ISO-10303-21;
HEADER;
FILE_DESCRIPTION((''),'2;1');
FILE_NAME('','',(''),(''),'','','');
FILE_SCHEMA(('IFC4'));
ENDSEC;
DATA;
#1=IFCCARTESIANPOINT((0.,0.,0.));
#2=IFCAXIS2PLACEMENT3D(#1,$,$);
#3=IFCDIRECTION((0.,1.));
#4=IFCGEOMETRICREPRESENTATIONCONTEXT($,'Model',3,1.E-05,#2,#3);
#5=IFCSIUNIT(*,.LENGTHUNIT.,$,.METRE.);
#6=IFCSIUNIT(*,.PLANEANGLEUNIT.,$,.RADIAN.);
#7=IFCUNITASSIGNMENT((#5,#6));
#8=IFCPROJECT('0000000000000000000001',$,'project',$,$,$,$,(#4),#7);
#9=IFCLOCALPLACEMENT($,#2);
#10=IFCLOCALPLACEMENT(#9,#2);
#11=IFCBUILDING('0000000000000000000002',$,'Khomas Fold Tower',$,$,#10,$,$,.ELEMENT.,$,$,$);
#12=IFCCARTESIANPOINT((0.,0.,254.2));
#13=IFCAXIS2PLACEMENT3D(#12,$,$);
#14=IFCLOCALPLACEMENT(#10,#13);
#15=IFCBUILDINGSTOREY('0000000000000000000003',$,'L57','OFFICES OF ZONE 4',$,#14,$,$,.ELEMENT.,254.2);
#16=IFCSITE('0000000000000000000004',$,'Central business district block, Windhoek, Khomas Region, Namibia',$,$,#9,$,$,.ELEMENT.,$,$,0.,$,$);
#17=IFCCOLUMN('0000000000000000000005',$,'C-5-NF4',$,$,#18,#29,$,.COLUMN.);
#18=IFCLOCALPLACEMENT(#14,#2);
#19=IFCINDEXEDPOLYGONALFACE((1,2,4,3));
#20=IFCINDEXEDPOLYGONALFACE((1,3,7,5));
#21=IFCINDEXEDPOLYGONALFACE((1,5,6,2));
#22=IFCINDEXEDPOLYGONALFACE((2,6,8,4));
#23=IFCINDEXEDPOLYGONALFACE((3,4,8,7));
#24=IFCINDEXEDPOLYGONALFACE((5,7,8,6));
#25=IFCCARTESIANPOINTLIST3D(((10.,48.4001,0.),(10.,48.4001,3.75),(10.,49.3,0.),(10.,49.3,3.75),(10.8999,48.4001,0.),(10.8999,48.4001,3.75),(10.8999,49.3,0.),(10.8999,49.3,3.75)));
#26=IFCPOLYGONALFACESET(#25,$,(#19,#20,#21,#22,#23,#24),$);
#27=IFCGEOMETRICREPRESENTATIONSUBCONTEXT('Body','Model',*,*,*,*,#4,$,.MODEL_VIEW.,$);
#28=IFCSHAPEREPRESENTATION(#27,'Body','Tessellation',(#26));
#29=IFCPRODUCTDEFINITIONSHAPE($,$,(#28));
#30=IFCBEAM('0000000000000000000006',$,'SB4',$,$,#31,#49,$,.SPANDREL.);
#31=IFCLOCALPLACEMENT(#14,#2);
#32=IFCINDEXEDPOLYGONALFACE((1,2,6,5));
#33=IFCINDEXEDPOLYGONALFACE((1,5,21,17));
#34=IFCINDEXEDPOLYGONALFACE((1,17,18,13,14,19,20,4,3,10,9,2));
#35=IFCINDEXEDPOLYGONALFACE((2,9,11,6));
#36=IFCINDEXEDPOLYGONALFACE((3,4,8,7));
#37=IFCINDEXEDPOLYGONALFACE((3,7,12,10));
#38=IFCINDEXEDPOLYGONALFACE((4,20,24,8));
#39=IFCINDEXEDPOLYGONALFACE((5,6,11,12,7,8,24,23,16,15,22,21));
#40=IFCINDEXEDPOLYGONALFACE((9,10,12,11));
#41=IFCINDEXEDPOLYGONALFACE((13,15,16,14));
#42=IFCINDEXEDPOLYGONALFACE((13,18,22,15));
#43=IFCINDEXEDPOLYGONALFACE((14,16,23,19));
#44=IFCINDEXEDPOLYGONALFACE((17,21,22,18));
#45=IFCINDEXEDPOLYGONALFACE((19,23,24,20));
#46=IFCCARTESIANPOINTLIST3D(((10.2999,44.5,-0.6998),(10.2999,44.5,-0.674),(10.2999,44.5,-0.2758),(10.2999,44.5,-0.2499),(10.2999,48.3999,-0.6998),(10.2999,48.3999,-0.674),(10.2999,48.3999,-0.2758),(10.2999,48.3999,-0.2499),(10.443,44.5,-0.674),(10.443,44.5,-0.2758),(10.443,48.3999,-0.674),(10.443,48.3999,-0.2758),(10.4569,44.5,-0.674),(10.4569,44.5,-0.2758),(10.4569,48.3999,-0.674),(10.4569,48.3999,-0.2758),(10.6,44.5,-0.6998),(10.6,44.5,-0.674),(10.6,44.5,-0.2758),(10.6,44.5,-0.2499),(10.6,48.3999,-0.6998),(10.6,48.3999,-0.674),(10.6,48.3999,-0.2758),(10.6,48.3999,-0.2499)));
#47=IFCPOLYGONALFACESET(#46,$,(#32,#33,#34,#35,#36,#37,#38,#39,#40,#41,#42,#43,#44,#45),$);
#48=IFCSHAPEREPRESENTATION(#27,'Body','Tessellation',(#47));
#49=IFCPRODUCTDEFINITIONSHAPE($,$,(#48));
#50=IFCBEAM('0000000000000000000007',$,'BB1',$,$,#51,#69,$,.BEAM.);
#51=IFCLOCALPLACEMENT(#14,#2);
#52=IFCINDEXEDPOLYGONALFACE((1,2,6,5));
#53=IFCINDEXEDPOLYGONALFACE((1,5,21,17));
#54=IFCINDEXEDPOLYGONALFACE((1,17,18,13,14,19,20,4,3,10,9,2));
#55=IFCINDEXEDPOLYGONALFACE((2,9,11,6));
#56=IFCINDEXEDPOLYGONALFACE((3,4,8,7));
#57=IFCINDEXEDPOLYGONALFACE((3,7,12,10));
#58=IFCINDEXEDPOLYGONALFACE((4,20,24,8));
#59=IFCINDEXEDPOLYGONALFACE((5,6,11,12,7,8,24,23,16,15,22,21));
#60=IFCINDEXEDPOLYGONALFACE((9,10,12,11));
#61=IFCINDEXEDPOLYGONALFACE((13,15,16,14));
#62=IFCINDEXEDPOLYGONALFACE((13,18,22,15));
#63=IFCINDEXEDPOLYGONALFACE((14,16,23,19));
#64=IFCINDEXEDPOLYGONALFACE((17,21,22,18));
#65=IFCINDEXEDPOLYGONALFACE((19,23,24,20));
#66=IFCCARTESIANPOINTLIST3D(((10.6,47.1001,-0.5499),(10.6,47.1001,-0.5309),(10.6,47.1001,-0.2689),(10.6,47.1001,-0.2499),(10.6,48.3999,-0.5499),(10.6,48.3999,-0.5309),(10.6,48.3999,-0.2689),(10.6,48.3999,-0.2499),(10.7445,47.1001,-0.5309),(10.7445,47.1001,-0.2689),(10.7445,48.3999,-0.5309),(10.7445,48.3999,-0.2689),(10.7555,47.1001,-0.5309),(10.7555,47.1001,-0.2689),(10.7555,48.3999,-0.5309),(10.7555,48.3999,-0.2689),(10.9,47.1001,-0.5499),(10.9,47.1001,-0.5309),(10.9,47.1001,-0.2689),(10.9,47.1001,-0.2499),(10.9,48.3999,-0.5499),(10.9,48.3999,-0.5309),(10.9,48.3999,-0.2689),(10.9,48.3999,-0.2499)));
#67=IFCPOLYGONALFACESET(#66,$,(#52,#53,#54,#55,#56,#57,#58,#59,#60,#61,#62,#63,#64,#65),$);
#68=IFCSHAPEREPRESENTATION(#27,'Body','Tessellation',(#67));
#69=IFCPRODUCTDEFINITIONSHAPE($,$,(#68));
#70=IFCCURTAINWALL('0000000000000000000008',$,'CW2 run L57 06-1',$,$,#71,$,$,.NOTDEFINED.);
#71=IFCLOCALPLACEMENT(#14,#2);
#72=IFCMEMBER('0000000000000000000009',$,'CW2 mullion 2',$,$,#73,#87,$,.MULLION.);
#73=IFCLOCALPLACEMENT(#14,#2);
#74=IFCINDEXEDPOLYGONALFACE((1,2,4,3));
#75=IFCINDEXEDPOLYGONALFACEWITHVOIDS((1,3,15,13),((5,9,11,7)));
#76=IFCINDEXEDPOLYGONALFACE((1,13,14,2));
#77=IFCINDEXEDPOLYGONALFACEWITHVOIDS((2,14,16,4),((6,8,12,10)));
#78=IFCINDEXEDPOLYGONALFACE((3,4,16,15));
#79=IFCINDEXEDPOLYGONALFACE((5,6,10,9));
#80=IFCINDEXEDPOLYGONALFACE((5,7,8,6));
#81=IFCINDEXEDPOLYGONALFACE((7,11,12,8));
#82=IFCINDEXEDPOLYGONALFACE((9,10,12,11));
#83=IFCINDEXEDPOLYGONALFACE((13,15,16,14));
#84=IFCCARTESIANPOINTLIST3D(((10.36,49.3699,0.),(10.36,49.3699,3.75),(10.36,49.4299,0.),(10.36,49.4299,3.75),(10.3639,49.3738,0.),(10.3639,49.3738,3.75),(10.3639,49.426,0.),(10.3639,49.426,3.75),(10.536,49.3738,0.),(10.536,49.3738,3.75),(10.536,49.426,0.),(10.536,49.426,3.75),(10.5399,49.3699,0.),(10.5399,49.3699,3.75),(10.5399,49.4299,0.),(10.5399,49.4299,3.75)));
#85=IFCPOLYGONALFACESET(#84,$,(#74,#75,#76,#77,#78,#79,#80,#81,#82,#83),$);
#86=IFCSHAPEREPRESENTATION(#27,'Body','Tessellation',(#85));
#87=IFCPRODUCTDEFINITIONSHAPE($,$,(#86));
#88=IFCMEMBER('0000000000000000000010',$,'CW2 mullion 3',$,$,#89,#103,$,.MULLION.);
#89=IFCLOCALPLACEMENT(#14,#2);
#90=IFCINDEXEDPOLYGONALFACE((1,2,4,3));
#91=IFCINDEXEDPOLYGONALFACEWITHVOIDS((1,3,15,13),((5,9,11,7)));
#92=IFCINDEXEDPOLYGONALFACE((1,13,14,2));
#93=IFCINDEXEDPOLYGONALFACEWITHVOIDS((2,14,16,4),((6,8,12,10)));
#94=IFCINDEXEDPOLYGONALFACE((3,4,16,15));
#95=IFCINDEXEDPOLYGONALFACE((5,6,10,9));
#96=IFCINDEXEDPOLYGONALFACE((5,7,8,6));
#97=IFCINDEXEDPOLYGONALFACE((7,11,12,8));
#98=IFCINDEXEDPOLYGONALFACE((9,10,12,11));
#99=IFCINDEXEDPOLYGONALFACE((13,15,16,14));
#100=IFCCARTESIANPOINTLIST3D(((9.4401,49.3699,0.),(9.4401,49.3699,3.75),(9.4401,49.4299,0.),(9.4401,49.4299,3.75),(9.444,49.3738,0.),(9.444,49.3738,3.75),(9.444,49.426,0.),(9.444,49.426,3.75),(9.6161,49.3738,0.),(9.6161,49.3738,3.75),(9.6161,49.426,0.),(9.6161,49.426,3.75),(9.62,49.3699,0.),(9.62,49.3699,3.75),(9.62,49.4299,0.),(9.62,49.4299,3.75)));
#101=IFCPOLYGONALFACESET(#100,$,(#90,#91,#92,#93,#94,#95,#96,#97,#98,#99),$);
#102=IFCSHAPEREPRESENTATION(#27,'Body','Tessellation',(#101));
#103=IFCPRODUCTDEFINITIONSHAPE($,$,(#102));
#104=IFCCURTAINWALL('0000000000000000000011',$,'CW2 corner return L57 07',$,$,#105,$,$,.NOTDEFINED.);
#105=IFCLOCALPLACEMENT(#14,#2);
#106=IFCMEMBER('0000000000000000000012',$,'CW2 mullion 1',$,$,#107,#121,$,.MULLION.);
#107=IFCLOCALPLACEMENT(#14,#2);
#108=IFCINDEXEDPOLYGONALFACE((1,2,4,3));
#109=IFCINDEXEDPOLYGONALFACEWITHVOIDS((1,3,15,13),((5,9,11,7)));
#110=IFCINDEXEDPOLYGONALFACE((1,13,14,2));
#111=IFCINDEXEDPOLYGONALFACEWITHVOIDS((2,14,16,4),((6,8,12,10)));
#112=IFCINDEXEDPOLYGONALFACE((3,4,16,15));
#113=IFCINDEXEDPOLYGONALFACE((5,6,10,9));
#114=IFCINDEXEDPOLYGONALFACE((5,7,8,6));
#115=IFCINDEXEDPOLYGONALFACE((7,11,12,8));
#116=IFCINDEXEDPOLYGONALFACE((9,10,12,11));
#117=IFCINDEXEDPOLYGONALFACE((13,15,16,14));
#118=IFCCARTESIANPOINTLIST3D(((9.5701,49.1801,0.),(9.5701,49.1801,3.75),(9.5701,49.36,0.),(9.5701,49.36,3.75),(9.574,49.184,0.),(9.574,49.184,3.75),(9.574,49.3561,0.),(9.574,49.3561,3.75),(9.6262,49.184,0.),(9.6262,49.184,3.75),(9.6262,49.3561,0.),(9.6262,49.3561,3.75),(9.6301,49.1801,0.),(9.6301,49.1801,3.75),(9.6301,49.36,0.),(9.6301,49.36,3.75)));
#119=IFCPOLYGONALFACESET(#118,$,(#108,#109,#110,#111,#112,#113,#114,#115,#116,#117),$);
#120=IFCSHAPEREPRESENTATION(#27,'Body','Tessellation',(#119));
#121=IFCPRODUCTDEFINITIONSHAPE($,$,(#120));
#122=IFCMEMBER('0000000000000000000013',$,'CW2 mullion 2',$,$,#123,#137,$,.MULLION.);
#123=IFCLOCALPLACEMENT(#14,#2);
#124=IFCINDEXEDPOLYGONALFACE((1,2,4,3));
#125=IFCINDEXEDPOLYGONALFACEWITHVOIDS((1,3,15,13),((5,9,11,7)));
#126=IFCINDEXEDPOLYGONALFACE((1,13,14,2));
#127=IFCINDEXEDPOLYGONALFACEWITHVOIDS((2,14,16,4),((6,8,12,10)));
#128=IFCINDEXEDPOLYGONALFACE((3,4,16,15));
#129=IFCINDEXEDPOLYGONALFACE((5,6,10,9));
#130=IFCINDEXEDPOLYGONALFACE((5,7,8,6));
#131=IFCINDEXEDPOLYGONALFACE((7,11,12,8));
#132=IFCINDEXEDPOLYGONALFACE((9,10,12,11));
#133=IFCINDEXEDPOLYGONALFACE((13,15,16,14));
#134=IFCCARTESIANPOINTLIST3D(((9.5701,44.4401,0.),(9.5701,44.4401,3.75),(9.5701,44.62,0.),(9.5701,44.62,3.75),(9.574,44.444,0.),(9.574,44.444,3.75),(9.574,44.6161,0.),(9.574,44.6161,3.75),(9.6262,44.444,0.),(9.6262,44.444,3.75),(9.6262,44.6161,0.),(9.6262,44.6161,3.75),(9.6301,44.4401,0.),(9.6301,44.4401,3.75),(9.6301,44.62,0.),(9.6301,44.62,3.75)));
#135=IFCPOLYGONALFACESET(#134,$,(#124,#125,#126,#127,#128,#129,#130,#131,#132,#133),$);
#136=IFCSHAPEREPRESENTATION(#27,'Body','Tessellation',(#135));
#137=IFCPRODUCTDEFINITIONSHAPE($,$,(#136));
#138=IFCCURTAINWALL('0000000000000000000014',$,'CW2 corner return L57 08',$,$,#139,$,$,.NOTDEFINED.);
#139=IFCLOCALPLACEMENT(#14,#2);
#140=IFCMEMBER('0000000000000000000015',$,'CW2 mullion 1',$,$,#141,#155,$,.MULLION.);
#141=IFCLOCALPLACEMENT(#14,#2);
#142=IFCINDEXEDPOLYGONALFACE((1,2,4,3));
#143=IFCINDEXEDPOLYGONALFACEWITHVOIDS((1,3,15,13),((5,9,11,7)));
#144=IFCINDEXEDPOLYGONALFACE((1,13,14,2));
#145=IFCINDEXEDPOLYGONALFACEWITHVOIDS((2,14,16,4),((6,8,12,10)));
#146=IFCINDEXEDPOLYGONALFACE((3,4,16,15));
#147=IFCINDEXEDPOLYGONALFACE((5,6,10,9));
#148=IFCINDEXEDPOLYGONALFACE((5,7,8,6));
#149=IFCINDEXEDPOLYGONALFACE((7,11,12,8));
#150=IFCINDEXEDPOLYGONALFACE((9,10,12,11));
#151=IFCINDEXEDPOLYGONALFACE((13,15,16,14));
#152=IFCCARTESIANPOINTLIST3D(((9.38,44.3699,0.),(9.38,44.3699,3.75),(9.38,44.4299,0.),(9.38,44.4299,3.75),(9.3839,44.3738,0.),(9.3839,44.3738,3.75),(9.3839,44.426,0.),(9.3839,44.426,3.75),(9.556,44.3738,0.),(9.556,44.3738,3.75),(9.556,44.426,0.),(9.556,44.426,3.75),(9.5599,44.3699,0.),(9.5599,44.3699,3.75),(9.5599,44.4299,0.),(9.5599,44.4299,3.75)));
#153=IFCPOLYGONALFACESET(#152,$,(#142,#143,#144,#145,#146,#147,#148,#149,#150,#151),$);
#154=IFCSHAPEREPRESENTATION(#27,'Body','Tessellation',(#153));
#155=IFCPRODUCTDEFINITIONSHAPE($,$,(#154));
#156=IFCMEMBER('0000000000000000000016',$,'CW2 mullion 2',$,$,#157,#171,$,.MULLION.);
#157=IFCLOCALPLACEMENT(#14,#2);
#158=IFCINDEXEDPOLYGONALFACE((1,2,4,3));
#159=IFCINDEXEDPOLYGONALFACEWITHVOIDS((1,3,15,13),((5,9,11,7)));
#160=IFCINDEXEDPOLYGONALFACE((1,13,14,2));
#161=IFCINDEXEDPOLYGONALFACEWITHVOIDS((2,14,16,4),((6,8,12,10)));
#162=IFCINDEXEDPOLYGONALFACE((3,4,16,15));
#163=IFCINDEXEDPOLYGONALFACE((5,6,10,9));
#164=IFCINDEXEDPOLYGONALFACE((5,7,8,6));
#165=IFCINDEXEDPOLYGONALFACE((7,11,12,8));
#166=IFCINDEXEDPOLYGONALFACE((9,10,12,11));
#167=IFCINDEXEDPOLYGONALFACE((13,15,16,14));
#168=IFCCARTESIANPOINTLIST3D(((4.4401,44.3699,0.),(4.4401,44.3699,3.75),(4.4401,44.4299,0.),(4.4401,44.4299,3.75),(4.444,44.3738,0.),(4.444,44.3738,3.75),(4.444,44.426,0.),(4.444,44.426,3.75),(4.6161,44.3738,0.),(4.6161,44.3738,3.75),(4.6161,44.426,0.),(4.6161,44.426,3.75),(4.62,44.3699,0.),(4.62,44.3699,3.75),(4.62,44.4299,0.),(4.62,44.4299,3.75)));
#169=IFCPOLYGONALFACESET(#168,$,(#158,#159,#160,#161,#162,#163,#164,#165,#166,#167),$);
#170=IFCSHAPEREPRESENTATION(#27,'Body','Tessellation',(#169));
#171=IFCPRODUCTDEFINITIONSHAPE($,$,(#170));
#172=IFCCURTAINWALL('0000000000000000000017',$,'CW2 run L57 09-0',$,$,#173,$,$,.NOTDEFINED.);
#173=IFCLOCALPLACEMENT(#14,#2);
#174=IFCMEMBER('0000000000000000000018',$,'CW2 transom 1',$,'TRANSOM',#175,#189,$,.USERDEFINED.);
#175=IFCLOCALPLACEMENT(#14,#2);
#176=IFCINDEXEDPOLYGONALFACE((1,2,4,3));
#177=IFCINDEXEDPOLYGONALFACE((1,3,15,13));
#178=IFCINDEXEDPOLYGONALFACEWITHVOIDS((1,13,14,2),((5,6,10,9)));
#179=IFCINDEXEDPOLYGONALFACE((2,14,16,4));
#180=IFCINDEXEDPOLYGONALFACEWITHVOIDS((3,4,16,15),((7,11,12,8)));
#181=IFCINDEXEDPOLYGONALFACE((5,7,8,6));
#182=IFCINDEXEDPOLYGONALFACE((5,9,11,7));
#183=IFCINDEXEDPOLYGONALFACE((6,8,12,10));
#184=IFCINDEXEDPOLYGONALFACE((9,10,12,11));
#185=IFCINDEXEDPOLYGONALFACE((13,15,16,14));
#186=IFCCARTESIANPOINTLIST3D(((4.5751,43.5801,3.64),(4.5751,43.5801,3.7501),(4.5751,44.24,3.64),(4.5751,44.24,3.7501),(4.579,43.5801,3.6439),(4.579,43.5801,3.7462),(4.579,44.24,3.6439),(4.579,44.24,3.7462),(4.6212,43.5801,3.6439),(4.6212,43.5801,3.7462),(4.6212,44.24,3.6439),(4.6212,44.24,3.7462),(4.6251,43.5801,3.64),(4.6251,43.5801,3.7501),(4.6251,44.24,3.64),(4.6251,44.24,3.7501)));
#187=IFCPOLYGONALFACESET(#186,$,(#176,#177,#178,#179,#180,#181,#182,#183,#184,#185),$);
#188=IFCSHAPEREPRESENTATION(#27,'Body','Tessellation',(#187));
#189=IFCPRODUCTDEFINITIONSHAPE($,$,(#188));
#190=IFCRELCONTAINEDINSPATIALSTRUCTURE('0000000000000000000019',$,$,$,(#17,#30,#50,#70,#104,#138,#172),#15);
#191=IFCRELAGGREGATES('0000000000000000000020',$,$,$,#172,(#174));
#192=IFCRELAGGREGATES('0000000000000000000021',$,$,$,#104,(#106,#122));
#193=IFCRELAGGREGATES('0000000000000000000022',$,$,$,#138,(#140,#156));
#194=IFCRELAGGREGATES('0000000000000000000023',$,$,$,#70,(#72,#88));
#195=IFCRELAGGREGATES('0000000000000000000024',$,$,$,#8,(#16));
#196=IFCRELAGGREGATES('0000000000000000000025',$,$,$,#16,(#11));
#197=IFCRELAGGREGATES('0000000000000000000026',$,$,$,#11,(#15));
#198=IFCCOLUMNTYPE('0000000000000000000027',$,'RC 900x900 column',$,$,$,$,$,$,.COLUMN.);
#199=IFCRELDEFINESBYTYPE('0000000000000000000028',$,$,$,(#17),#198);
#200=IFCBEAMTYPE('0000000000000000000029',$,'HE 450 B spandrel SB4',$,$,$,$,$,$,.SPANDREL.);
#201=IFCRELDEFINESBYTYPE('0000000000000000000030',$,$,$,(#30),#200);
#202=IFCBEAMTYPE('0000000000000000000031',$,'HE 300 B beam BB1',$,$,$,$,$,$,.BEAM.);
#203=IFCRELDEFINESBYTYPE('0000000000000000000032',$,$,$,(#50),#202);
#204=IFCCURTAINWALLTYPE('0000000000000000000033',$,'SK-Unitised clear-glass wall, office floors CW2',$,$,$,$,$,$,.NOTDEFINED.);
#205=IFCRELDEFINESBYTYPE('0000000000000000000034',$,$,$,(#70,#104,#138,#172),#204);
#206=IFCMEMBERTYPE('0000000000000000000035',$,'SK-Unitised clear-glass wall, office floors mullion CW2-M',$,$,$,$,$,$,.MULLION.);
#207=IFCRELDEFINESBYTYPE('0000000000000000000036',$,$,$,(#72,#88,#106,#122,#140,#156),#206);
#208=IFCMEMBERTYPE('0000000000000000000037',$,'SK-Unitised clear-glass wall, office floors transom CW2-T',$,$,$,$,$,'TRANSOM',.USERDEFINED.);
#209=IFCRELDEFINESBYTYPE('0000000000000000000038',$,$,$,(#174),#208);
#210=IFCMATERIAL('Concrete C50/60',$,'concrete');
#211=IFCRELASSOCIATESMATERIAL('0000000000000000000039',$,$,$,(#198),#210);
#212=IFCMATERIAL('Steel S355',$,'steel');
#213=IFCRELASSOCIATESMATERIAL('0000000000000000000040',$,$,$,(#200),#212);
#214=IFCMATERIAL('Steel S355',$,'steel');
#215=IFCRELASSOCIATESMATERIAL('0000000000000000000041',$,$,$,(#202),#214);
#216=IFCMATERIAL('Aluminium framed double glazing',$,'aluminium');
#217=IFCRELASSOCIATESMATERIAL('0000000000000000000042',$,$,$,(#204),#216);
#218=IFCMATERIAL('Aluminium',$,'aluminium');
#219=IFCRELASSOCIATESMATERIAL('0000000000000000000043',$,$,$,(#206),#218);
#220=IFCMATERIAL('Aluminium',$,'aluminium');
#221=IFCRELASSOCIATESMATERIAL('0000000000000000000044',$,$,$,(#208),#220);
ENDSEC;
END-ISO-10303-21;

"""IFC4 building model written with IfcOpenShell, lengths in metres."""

from ifc_helpers import new_model, si_unit, direction, frame, origin, origin_2d, place, context, subcontext, project, spatial, rectangle, hollow_rectangle, i_section, extrude, source, transform, mapped, material, material_profile, profile_set, type_object, element, aggregate, save


model = new_model("IFC4")

# Units and contexts
model_context = context("Model", 3, precision=1e-05, world=origin(), true_north=direction((0.0, 1.0)))
body_context = subcontext(model_context, "Body", "Model", "MODEL_VIEW")
ifc_project = project(units=[si_unit("LENGTHUNIT", "METRE"), si_unit("PLANEANGLEUNIT", "RADIAN")], contexts=[model_context])

# Site, building, storey
site_placement = place(None, origin())
site = spatial("IfcSite", under=ifc_project, at=site_placement, Name="Central business district block, Windhoek, Khomas Region, Namibia", CompositionType="ELEMENT", RefElevation=0.0)
building_placement = place(site_placement, origin())
building = spatial("IfcBuilding", under=site, at=building_placement, Name="Khomas Fold Tower", CompositionType="ELEMENT")
storey_placement = place(building_placement, frame((0.0, 0.0, 254.2)))
storey = spatial("IfcBuildingStorey", under=building, at=storey_placement, Name="L57", Description="OFFICES OF ZONE 4", CompositionType="ELEMENT", Elevation=254.2)

# Column
ifc_material_1 = material(Name="Concrete C50/60", Category="concrete")
ifc_material_profile_1 = material_profile(ifc_material_1, rectangle(XDim=0.8999, YDim=0.8999, at=origin_2d()), Name="RC 900x900")
ifc_profile_set_1 = profile_set([ifc_material_profile_1], Name="Concrete C50/60")
column_type = type_object("IfcColumnType", Name="RC 900x900 column", PredefinedType="COLUMN", material=ifc_profile_set_1)
shared_shape_1 = source(origin(), body_context, "Body", "SweptSolid", [
    extrude(rectangle(XDim=0.8999, YDim=0.8999, at=origin_2d()), origin(), (0.0, 0.0, 1.0), 3.75),
])
column_placement = place(storey_placement, frame((10.45, 48.8501, 0.0), z_axis=(0.0, 0.0, 1.0), x_axis=(1.0, 0.0, 0.0)))
element("IfcColumn", 1, at=column_placement, inside=storey, type_object=column_type, Name="C-5-NF4", PredefinedType="COLUMN", context=body_context, shape_type="MappedRepresentation", body=[
    mapped(shared_shape_1, transform((0.0, 0.0, 0.0))),
])

# Beams
ifc_material_2 = material(Name="Steel S355", Category="steel")
ifc_material_profile_2 = material_profile(ifc_material_2, i_section(OverallWidth=0.3, OverallDepth=0.45, WebThickness=0.0139, FlangeThickness=0.0259, at=origin_2d()), Name="HE 450 B")
ifc_profile_set_2 = profile_set([ifc_material_profile_2], Name="Steel S355")
beam_type_1 = type_object("IfcBeamType", Name="HE 450 B spandrel SB4", PredefinedType="SPANDREL", material=ifc_profile_set_2)
shared_shape_2 = source(origin(), body_context, "Body", "SweptSolid", [
    extrude(i_section(OverallWidth=0.3, OverallDepth=0.45, WebThickness=0.0139, FlangeThickness=0.0259, at=origin_2d()), origin(), (0.0, 0.0, 1.0), 3.8999),
])
beam_1_placement = place(storey_placement, frame((10.45, 44.5, -0.4749), z_axis=(0.0, 1.0, 0.0), x_axis=(-1.0, 0.0, 0.0)))
element("IfcBeam", 2, at=beam_1_placement, inside=storey, type_object=beam_type_1, Name="SB4", PredefinedType="SPANDREL", context=body_context, shape_type="MappedRepresentation", body=[
    mapped(shared_shape_2, transform((0.0, 0.0, 0.0))),
])
ifc_material_3 = material(Name="Steel S355", Category="steel")
ifc_material_profile_3 = material_profile(ifc_material_3, i_section(OverallWidth=0.3, OverallDepth=0.3, WebThickness=0.011, FlangeThickness=0.019, at=origin_2d()), Name="HE 300 B")
ifc_profile_set_3 = profile_set([ifc_material_profile_3], Name="Steel S355")
beam_type_2 = type_object("IfcBeamType", Name="HE 300 B beam BB1", PredefinedType="BEAM", material=ifc_profile_set_3)
shared_shape_3 = source(origin(), body_context, "Body", "SweptSolid", [
    extrude(i_section(OverallWidth=0.3, OverallDepth=0.3, WebThickness=0.011, FlangeThickness=0.019, at=origin_2d()), origin(), (0.0, 0.0, 1.0), 1.2998),
])
beam_2_placement = place(storey_placement, frame((10.75, 47.1001, -0.3999), z_axis=(0.0, 1.0, 0.0), x_axis=(-1.0, 0.0, 0.0)))
element("IfcBeam", 3, at=beam_2_placement, inside=storey, type_object=beam_type_2, Name="BB1", PredefinedType="BEAM", context=body_context, shape_type="MappedRepresentation", body=[
    mapped(shared_shape_3, transform((0.0, 0.0, 0.0))),
])

# Curtain walls, members
ifc_material_4 = material(Name="Aluminium framed double glazing", Category="aluminium")
curtain_wall_type = type_object("IfcCurtainWallType", Name="SK-Unitised clear-glass wall, office floors CW2", PredefinedType="NOTDEFINED", material=ifc_material_4)
curtain_wall_1_placement = place(storey_placement, origin())
curtain_wall_1 = element("IfcCurtainWall", 4, at=curtain_wall_1_placement, inside=storey, type_object=curtain_wall_type, Name="CW2 run L57 06-1", PredefinedType="NOTDEFINED")
ifc_material_5 = material(Name="Aluminium", Category="aluminium")
ifc_material_profile_4 = material_profile(ifc_material_5, hollow_rectangle(XDim=0.0601, YDim=0.1799, WallThickness=0.0039, at=origin_2d()), Name="SK-Unitised clear-glass wall, office floors mullion CW2-M")
ifc_profile_set_4 = profile_set([ifc_material_profile_4], Name="Aluminium")
member_type_1 = type_object("IfcMemberType", Name="SK-Unitised clear-glass wall, office floors mullion CW2-M", PredefinedType="MULLION", material=ifc_profile_set_4)
shared_shape_4 = source(origin(), body_context, "Body", "SweptSolid", [
    extrude(hollow_rectangle(XDim=0.0601, YDim=0.1799, WallThickness=0.0039, at=origin_2d()), origin(), (0.0, 0.0, 1.0), 3.75),
])
member_1_placement = place(storey_placement, frame((10.45, 49.3999, 0.0), z_axis=(0.0, 0.0, 1.0), x_axis=(0.0, -1.0, 0.0)))
member_1 = element("IfcMember", 5, at=member_1_placement, type_object=member_type_1, Name="CW2 mullion 2", PredefinedType="MULLION", context=body_context, shape_type="MappedRepresentation", body=[
    mapped(shared_shape_4, transform((0.0, 0.0, 0.0))),
])
member_2_placement = place(storey_placement, frame((9.53, 49.3999, 0.0), z_axis=(0.0, 0.0, 1.0), x_axis=(0.0, -1.0, 0.0)))
member_2 = element("IfcMember", 6, at=member_2_placement, type_object=member_type_1, Name="CW2 mullion 3", PredefinedType="MULLION", context=body_context, shape_type="MappedRepresentation", body=[
    mapped(shared_shape_4, transform((0.0, 0.0, 0.0))),
])
curtain_wall_2_placement = place(storey_placement, origin())
curtain_wall_2 = element("IfcCurtainWall", 7, at=curtain_wall_2_placement, inside=storey, type_object=curtain_wall_type, Name="CW2 corner return L57 07", PredefinedType="NOTDEFINED")
member_3_placement = place(storey_placement, frame((9.6001, 49.27, 0.0), z_axis=(0.0, 0.0, 1.0), x_axis=(1.0, 0.0, 0.0)))
member_3 = element("IfcMember", 8, at=member_3_placement, type_object=member_type_1, Name="CW2 mullion 1", PredefinedType="MULLION", context=body_context, shape_type="MappedRepresentation", body=[
    mapped(shared_shape_4, transform((0.0, 0.0, 0.0))),
])
member_4_placement = place(storey_placement, frame((9.6001, 44.53, 0.0), z_axis=(0.0, 0.0, 1.0), x_axis=(1.0, 0.0, 0.0)))
member_4 = element("IfcMember", 9, at=member_4_placement, type_object=member_type_1, Name="CW2 mullion 2", PredefinedType="MULLION", context=body_context, shape_type="MappedRepresentation", body=[
    mapped(shared_shape_4, transform((0.0, 0.0, 0.0))),
])
curtain_wall_3_placement = place(storey_placement, origin())
curtain_wall_3 = element("IfcCurtainWall", 10, at=curtain_wall_3_placement, inside=storey, type_object=curtain_wall_type, Name="CW2 corner return L57 08", PredefinedType="NOTDEFINED")
member_5_placement = place(storey_placement, frame((9.47, 44.3999, 0.0), z_axis=(0.0, 0.0, 1.0), x_axis=(0.0, -1.0, 0.0)))
member_5 = element("IfcMember", 11, at=member_5_placement, type_object=member_type_1, Name="CW2 mullion 1", PredefinedType="MULLION", context=body_context, shape_type="MappedRepresentation", body=[
    mapped(shared_shape_4, transform((0.0, 0.0, 0.0))),
])
member_6_placement = place(storey_placement, frame((4.53, 44.3999, 0.0), z_axis=(0.0, 0.0, 1.0), x_axis=(0.0, -1.0, 0.0)))
member_6 = element("IfcMember", 12, at=member_6_placement, type_object=member_type_1, Name="CW2 mullion 2", PredefinedType="MULLION", context=body_context, shape_type="MappedRepresentation", body=[
    mapped(shared_shape_4, transform((0.0, 0.0, 0.0))),
])

# Curtain wall, member
curtain_wall_4_placement = place(storey_placement, origin())
curtain_wall_4 = element("IfcCurtainWall", 13, at=curtain_wall_4_placement, inside=storey, type_object=curtain_wall_type, Name="CW2 run L57 09-0", PredefinedType="NOTDEFINED")
ifc_material_6 = material(Name="Aluminium", Category="aluminium")
ifc_material_profile_5 = material_profile(ifc_material_6, hollow_rectangle(XDim=0.05, YDim=0.1101, WallThickness=0.0039, at=origin_2d()), Name="SK-Unitised clear-glass wall, office floors transom CW2-T")
ifc_profile_set_5 = profile_set([ifc_material_profile_5], Name="Aluminium")
member_type_2 = type_object("IfcMemberType", Name="SK-Unitised clear-glass wall, office floors transom CW2-T", ElementType="TRANSOM", PredefinedType="USERDEFINED", material=ifc_profile_set_5)
shared_shape_5 = source(origin(), body_context, "Body", "SweptSolid", [
    extrude(hollow_rectangle(XDim=0.05, YDim=0.1101, WallThickness=0.0039, at=origin_2d()), origin(), (0.0, 0.0, 1.0), 0.6599),
])
member_7_placement = place(storey_placement, frame((4.6001, 44.24, 3.6951), z_axis=(0.0, -1.0, 0.0), x_axis=(1.0, 0.0, 0.0)))
member_7 = element("IfcMember", 14, at=member_7_placement, type_object=member_type_2, Name="CW2 transom 1", ObjectType="TRANSOM", PredefinedType="USERDEFINED", context=body_context, shape_type="MappedRepresentation", body=[
    mapped(shared_shape_5, transform((0.0, 0.0, 0.0))),
])

aggregate(curtain_wall_4, [member_7])
aggregate(curtain_wall_2, [member_3, member_4])
aggregate(curtain_wall_3, [member_5, member_6])
aggregate(curtain_wall_1, [member_1, member_2])

save(model, "model.ifc")
